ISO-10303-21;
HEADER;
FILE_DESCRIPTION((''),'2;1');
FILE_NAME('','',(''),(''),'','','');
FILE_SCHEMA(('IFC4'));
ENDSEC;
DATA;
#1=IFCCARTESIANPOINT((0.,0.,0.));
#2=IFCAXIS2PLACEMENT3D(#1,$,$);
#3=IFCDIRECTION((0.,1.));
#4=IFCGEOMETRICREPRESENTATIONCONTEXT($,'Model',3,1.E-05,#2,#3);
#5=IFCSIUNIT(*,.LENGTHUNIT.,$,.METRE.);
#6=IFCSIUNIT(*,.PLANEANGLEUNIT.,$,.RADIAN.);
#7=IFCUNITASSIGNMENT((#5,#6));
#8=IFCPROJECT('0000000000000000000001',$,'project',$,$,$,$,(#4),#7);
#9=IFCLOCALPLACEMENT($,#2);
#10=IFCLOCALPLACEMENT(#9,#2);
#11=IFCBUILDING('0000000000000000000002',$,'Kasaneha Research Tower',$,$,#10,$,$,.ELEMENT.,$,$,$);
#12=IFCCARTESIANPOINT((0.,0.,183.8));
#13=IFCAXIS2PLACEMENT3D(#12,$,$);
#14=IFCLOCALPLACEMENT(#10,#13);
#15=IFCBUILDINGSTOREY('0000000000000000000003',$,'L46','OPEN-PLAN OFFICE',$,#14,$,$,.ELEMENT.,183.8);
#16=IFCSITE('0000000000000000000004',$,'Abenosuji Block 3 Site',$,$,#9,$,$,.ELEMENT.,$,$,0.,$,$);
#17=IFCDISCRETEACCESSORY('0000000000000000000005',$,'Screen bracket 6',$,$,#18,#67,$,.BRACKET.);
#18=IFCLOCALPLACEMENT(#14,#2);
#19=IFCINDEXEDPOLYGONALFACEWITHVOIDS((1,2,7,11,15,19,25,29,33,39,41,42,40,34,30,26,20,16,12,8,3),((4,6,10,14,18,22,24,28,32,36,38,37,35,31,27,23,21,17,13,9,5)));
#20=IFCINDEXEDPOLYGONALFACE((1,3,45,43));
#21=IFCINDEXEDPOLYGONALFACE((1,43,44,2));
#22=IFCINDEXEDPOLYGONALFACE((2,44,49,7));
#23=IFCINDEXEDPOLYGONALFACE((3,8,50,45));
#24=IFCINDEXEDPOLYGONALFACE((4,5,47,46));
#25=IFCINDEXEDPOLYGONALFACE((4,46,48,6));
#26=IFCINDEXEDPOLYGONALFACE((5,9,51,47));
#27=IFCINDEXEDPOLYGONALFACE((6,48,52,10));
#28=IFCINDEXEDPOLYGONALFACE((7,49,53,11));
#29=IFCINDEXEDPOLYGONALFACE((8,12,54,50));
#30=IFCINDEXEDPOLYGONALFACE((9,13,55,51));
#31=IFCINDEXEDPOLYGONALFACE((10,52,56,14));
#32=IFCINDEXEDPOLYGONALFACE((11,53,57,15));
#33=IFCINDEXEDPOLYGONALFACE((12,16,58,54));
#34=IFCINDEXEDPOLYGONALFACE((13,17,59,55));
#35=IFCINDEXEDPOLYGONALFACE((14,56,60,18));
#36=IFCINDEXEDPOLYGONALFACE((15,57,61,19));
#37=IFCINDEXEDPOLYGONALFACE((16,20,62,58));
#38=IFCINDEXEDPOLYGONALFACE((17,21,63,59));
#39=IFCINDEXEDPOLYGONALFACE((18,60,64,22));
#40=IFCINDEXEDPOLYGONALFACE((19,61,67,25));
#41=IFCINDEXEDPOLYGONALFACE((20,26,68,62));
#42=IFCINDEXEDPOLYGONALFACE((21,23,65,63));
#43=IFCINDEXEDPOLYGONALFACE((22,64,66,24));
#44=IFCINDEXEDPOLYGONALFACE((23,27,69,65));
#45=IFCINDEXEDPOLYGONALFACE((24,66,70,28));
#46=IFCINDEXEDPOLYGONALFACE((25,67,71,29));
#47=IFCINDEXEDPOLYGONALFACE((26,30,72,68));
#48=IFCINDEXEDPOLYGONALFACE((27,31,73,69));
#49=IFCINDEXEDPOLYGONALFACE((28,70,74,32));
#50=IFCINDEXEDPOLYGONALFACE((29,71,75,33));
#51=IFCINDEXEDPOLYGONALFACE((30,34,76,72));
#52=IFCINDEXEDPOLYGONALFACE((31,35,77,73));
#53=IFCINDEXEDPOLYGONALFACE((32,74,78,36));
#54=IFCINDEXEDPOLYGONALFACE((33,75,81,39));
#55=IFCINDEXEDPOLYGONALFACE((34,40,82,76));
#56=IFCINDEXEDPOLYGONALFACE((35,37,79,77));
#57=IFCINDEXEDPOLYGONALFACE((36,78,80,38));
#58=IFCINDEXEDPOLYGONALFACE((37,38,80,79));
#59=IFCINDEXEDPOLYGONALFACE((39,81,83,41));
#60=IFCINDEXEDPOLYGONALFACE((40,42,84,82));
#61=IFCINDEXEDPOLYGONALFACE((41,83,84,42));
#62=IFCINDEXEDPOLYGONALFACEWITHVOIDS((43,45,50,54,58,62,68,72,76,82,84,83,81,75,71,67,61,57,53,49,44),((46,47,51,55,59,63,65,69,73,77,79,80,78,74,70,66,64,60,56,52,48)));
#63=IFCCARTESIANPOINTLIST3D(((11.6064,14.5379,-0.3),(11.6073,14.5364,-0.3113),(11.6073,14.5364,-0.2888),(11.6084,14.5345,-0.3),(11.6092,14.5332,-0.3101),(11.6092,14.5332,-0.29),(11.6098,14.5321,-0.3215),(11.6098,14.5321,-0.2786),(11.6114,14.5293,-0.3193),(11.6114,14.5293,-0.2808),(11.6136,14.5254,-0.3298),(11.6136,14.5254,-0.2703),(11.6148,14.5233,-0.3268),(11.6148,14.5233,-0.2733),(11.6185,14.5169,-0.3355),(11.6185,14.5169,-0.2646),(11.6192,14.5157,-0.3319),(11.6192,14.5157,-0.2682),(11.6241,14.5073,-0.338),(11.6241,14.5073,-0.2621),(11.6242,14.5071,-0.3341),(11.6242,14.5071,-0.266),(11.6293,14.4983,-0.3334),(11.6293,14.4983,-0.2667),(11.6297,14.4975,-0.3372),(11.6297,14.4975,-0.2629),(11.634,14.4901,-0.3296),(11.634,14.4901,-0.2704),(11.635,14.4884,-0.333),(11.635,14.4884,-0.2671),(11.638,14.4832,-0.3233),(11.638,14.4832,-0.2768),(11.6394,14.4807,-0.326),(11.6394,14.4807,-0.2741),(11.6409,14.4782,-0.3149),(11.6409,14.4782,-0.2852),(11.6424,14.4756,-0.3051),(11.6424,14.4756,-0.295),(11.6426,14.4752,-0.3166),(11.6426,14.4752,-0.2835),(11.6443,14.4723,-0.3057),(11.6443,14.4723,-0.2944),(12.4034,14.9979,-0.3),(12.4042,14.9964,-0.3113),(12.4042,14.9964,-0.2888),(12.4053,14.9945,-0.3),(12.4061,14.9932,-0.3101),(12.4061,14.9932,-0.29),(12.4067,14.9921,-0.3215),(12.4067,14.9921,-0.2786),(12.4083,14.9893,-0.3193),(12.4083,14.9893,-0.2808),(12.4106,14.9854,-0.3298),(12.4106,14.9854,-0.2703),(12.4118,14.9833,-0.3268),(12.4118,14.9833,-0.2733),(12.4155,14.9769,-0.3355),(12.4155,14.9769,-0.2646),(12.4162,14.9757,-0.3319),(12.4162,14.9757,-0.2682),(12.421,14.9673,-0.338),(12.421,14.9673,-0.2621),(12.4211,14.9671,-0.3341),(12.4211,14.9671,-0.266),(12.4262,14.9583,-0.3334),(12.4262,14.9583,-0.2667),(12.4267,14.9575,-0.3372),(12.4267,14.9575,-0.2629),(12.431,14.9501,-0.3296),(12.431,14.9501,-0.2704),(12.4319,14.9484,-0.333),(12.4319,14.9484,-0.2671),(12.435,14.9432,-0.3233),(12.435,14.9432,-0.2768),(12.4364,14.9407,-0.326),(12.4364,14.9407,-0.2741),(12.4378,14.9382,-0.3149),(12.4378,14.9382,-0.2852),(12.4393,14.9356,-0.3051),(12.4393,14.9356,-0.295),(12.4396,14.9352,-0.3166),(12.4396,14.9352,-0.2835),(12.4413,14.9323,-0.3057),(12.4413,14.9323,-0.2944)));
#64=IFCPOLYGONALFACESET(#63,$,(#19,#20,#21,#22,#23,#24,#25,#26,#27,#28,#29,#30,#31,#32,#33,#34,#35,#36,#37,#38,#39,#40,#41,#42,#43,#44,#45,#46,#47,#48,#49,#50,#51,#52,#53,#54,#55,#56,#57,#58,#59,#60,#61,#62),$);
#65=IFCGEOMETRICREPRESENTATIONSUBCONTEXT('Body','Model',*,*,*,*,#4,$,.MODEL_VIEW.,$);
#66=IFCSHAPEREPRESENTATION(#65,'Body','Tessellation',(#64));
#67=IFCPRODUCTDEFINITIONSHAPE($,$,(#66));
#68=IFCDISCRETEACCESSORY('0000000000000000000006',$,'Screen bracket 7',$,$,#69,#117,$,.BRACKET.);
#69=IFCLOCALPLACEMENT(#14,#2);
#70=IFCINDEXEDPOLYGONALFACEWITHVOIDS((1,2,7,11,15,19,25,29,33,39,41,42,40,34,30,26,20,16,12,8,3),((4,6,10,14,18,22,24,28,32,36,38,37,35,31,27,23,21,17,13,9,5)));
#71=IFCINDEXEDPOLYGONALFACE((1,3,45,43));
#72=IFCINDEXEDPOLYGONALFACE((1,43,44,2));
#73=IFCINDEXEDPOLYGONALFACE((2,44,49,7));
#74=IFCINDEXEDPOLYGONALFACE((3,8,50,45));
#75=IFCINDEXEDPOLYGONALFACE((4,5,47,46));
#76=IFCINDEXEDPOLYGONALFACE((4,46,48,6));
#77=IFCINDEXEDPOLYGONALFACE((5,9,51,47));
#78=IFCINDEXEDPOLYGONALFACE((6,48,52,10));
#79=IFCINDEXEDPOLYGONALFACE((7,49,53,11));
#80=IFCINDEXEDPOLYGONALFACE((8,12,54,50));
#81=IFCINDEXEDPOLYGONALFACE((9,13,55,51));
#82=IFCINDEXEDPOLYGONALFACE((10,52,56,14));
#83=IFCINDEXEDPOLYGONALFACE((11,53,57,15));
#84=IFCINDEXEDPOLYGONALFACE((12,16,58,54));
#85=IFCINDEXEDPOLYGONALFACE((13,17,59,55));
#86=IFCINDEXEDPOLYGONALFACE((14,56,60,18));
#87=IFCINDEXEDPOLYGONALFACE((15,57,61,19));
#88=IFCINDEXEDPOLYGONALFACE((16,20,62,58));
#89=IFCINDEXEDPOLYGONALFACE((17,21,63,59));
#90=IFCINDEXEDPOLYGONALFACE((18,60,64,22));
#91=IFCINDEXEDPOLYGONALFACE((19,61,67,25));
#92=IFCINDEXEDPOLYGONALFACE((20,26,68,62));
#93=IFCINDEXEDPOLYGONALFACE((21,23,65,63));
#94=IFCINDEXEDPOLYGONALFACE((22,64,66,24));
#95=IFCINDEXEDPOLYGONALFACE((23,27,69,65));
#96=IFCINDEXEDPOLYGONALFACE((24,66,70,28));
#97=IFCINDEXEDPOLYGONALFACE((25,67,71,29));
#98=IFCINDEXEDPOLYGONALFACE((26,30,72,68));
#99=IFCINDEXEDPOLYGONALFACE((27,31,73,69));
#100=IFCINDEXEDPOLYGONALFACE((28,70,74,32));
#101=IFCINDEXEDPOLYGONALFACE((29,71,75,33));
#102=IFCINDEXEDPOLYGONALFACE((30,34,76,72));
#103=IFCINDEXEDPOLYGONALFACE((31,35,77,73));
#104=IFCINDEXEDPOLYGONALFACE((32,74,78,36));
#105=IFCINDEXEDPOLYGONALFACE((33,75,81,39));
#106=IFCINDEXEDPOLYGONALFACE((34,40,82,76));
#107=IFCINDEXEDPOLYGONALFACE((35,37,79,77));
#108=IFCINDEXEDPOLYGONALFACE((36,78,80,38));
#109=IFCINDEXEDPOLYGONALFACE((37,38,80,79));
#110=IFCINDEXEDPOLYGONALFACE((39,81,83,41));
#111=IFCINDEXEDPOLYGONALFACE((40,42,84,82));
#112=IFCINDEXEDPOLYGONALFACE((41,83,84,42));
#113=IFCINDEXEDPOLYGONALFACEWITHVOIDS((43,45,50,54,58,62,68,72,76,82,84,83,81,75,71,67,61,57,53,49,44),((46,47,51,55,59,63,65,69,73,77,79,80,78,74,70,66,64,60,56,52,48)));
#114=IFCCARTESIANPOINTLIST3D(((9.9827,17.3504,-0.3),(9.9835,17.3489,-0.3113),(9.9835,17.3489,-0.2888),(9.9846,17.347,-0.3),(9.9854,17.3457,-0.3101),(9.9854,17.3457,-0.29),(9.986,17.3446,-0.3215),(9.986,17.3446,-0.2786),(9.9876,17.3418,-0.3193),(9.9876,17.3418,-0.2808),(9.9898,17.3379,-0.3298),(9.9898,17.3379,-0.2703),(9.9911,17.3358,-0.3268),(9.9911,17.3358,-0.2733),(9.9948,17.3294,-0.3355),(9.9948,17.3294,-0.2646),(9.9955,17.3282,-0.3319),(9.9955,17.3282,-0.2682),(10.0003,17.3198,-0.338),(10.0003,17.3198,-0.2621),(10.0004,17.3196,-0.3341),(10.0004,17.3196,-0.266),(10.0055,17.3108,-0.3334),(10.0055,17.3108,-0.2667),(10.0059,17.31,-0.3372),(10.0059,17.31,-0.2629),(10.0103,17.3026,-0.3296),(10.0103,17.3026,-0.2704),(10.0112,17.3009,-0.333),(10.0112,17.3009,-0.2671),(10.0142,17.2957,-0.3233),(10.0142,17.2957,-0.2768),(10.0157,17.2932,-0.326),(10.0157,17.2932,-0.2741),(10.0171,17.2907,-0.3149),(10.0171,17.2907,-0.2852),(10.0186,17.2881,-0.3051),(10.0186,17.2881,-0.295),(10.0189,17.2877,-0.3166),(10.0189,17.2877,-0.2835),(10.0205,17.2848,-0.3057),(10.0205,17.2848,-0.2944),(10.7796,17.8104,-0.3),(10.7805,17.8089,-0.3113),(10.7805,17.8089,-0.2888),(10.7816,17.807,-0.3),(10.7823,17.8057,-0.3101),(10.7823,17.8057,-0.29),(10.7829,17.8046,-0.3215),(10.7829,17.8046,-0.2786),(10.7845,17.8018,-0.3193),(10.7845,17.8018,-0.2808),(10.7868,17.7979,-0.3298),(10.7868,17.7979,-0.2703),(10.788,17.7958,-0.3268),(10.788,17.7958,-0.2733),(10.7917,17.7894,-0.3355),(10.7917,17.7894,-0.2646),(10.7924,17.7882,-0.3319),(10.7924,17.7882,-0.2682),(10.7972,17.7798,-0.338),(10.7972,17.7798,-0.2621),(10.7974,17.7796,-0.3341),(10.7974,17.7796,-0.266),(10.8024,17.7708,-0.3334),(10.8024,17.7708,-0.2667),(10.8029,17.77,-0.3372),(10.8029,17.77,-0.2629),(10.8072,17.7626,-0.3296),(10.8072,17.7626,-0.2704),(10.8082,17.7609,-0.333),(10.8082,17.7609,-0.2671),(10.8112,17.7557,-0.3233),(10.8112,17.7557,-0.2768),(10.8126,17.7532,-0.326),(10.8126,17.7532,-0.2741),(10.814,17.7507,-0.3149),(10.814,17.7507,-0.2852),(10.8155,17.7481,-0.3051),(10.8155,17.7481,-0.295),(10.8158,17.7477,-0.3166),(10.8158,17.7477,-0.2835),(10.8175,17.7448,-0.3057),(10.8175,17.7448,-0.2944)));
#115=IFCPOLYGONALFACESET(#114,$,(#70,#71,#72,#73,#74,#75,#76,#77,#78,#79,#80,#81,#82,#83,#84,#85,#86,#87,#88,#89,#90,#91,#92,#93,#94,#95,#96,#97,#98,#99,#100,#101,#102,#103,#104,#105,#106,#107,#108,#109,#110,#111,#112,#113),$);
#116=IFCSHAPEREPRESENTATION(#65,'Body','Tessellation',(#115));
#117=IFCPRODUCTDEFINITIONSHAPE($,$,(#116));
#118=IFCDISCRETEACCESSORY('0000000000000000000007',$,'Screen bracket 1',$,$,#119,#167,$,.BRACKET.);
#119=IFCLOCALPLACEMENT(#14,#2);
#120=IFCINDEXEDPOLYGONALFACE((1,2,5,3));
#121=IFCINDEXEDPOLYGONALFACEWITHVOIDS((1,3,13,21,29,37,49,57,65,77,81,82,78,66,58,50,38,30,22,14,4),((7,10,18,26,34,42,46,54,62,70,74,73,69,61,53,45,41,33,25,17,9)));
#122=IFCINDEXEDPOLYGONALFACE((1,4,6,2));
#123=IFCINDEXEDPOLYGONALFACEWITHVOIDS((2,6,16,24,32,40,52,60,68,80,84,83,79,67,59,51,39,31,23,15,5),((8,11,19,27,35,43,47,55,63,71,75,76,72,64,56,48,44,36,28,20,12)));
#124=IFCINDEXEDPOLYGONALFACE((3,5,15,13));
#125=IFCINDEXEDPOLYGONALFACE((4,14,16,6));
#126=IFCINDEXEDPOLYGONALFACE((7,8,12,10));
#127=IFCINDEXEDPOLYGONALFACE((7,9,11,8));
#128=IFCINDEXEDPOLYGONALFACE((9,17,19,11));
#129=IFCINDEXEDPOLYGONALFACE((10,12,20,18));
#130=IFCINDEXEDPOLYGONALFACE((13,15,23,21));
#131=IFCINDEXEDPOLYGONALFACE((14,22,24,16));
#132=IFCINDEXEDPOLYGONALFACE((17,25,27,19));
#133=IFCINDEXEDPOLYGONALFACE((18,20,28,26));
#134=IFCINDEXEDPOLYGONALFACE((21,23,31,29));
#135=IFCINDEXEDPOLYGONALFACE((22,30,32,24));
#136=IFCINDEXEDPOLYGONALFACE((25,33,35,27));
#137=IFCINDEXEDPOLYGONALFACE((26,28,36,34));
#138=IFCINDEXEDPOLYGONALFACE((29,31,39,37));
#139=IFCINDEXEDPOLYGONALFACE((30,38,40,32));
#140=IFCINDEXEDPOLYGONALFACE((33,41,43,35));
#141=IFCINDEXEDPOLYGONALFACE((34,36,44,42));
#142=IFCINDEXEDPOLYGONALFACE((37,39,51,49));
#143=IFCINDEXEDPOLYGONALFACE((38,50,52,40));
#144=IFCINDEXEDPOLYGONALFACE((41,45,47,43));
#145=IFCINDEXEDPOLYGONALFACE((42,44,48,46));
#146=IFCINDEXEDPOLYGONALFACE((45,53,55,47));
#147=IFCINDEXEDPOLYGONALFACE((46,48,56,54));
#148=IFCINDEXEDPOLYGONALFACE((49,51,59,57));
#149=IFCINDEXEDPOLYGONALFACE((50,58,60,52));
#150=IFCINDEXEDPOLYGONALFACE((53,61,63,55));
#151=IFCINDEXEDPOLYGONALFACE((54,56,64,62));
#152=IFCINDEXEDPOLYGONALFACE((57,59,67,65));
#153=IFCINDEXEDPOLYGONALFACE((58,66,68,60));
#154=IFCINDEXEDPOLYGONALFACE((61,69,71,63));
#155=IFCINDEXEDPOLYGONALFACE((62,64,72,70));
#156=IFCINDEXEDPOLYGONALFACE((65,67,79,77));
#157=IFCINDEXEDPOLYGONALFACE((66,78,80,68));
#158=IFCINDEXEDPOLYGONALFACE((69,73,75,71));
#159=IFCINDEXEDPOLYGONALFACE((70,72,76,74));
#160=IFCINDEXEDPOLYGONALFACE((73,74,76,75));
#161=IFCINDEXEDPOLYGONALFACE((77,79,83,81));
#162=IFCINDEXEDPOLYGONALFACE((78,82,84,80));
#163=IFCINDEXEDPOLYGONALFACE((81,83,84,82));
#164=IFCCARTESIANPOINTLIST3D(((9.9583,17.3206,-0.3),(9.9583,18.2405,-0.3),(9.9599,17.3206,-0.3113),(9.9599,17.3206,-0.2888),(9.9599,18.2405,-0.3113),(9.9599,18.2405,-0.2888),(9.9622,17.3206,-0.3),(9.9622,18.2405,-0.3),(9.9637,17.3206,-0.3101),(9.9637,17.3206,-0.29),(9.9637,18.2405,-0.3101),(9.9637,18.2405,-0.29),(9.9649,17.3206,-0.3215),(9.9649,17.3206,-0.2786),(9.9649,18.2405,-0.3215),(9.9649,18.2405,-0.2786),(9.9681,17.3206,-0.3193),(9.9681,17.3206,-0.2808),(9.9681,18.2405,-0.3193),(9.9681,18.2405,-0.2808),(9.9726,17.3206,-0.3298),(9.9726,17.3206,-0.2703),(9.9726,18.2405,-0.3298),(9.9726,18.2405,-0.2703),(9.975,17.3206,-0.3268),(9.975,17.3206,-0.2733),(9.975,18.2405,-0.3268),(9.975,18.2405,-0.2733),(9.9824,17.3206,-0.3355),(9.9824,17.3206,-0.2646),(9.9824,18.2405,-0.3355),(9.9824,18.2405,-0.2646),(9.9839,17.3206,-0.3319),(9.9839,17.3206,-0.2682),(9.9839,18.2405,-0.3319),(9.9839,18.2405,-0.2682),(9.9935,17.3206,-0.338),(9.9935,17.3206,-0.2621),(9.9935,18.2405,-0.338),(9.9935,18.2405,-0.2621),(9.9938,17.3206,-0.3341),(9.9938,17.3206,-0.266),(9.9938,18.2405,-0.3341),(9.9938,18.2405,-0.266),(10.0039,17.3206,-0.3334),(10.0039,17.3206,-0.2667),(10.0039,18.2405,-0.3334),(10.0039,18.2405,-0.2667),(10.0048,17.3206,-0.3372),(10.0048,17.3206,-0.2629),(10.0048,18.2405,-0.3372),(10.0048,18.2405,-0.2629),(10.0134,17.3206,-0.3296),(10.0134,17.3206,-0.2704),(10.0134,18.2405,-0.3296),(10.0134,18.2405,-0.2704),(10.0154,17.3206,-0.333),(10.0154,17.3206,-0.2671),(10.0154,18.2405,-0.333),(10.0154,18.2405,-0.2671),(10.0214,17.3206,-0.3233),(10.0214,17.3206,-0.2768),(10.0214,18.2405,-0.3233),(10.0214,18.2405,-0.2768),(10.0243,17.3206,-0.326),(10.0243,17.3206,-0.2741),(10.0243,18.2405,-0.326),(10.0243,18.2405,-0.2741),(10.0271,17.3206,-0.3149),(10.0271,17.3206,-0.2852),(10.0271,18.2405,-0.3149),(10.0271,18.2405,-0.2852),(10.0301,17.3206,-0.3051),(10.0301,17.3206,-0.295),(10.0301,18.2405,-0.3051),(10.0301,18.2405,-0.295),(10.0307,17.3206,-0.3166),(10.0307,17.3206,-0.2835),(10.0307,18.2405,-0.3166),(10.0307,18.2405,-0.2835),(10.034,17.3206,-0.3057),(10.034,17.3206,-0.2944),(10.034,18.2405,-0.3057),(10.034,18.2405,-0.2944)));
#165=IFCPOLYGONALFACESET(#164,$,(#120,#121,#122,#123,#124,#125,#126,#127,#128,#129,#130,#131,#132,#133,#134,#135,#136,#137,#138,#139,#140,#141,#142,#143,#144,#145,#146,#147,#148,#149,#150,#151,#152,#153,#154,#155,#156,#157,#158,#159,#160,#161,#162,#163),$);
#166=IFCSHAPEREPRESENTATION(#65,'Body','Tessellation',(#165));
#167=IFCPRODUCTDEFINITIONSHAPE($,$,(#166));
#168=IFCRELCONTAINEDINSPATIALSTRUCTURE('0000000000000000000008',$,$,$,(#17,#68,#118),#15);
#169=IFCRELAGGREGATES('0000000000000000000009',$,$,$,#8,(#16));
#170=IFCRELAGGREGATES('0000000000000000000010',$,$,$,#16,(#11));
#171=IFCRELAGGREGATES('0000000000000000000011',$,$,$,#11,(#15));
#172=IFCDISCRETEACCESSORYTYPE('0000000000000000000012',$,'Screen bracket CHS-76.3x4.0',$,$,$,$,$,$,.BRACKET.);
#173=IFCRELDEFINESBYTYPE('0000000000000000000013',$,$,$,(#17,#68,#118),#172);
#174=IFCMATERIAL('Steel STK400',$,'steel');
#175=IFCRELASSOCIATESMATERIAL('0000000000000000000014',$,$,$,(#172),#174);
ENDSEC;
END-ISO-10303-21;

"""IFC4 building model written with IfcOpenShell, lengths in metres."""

from ifc_helpers import new_model, si_unit, direction, frame, origin, origin_2d, place, context, subcontext, project, spatial, hollow_circle, extrude, material, material_profile, profile_set, type_object, element, save


model = new_model("IFC4")

# Units and contexts
model_context = context("Model", 3, precision=1e-05, world=origin(), true_north=direction((0.0, 1.0)))
body_context = subcontext(model_context, "Body", "Model", "MODEL_VIEW")
ifc_project = project(units=[si_unit("LENGTHUNIT", "METRE"), si_unit("PLANEANGLEUNIT", "RADIAN")], contexts=[model_context])

# Site, building, storey
site_placement = place(None, origin())
site = spatial("IfcSite", under=ifc_project, at=site_placement, Name="Abenosuji Block 3 Site", CompositionType="ELEMENT", RefElevation=0.0)
building_placement = place(site_placement, origin())
building = spatial("IfcBuilding", under=site, at=building_placement, Name="Kasaneha Research Tower", CompositionType="ELEMENT")
storey_placement = place(building_placement, frame((0.0, 0.0, 183.8)))
storey = spatial("IfcBuildingStorey", under=building, at=storey_placement, Name="L46", Description="OPEN-PLAN OFFICE", CompositionType="ELEMENT", Elevation=183.8)

# Discrete accessories
ifc_material_1 = material(Name="Steel STK400", Category="steel")
ifc_material_profile_1 = material_profile(ifc_material_1, hollow_circle(Radius=0.0381, WallThickness=0.0039, at=origin_2d()), Name="CHS-76.3x4.0")
ifc_profile_set_1 = profile_set([ifc_material_profile_1], Name="Steel STK400")
discrete_accessory_type = type_object("IfcDiscreteAccessoryType", Name="Screen bracket CHS-76.3x4.0", PredefinedType="BRACKET", material=ifc_profile_set_1)
for number, where, z_axis, x_axis, name in (
    (1, (11.6255, 14.5049, -0.3), (0.86608, 0.499906, 0.0), (-0.499906, 0.86608, 0.0), "Screen bracket 6"),
    (2, (10.0017, 17.3174, -0.3), (0.86608, 0.499906, 0.0), (-0.499906, 0.86608, 0.0), "Screen bracket 7"),
):
    element("IfcDiscreteAccessory", number, at=place(storey_placement, frame(where, z_axis=z_axis, x_axis=x_axis)), inside=storey, type_object=discrete_accessory_type, Name=name, PredefinedType="BRACKET", context=body_context, shape_type="SweptSolid", body=[
        extrude(hollow_circle(Radius=0.0381, WallThickness=0.0039, at=origin_2d()), origin(), (0.0, 0.0, 1.0), 0.9202),
    ])
discrete_accessory_placement = place(storey_placement, frame((9.9963, 17.3206, -0.3), z_axis=(0.0, 1.0, 0.0), x_axis=(-1.0, 0.0, 0.0)))
element("IfcDiscreteAccessory", 3, at=discrete_accessory_placement, inside=storey, type_object=discrete_accessory_type, Name="Screen bracket 1", PredefinedType="BRACKET", context=body_context, shape_type="SweptSolid", body=[
    extrude(hollow_circle(Radius=0.0381, WallThickness=0.0039, at=origin_2d()), origin(), (0.0, 0.0, 1.0), 0.9199),
])

save(model, "model.ifc")
